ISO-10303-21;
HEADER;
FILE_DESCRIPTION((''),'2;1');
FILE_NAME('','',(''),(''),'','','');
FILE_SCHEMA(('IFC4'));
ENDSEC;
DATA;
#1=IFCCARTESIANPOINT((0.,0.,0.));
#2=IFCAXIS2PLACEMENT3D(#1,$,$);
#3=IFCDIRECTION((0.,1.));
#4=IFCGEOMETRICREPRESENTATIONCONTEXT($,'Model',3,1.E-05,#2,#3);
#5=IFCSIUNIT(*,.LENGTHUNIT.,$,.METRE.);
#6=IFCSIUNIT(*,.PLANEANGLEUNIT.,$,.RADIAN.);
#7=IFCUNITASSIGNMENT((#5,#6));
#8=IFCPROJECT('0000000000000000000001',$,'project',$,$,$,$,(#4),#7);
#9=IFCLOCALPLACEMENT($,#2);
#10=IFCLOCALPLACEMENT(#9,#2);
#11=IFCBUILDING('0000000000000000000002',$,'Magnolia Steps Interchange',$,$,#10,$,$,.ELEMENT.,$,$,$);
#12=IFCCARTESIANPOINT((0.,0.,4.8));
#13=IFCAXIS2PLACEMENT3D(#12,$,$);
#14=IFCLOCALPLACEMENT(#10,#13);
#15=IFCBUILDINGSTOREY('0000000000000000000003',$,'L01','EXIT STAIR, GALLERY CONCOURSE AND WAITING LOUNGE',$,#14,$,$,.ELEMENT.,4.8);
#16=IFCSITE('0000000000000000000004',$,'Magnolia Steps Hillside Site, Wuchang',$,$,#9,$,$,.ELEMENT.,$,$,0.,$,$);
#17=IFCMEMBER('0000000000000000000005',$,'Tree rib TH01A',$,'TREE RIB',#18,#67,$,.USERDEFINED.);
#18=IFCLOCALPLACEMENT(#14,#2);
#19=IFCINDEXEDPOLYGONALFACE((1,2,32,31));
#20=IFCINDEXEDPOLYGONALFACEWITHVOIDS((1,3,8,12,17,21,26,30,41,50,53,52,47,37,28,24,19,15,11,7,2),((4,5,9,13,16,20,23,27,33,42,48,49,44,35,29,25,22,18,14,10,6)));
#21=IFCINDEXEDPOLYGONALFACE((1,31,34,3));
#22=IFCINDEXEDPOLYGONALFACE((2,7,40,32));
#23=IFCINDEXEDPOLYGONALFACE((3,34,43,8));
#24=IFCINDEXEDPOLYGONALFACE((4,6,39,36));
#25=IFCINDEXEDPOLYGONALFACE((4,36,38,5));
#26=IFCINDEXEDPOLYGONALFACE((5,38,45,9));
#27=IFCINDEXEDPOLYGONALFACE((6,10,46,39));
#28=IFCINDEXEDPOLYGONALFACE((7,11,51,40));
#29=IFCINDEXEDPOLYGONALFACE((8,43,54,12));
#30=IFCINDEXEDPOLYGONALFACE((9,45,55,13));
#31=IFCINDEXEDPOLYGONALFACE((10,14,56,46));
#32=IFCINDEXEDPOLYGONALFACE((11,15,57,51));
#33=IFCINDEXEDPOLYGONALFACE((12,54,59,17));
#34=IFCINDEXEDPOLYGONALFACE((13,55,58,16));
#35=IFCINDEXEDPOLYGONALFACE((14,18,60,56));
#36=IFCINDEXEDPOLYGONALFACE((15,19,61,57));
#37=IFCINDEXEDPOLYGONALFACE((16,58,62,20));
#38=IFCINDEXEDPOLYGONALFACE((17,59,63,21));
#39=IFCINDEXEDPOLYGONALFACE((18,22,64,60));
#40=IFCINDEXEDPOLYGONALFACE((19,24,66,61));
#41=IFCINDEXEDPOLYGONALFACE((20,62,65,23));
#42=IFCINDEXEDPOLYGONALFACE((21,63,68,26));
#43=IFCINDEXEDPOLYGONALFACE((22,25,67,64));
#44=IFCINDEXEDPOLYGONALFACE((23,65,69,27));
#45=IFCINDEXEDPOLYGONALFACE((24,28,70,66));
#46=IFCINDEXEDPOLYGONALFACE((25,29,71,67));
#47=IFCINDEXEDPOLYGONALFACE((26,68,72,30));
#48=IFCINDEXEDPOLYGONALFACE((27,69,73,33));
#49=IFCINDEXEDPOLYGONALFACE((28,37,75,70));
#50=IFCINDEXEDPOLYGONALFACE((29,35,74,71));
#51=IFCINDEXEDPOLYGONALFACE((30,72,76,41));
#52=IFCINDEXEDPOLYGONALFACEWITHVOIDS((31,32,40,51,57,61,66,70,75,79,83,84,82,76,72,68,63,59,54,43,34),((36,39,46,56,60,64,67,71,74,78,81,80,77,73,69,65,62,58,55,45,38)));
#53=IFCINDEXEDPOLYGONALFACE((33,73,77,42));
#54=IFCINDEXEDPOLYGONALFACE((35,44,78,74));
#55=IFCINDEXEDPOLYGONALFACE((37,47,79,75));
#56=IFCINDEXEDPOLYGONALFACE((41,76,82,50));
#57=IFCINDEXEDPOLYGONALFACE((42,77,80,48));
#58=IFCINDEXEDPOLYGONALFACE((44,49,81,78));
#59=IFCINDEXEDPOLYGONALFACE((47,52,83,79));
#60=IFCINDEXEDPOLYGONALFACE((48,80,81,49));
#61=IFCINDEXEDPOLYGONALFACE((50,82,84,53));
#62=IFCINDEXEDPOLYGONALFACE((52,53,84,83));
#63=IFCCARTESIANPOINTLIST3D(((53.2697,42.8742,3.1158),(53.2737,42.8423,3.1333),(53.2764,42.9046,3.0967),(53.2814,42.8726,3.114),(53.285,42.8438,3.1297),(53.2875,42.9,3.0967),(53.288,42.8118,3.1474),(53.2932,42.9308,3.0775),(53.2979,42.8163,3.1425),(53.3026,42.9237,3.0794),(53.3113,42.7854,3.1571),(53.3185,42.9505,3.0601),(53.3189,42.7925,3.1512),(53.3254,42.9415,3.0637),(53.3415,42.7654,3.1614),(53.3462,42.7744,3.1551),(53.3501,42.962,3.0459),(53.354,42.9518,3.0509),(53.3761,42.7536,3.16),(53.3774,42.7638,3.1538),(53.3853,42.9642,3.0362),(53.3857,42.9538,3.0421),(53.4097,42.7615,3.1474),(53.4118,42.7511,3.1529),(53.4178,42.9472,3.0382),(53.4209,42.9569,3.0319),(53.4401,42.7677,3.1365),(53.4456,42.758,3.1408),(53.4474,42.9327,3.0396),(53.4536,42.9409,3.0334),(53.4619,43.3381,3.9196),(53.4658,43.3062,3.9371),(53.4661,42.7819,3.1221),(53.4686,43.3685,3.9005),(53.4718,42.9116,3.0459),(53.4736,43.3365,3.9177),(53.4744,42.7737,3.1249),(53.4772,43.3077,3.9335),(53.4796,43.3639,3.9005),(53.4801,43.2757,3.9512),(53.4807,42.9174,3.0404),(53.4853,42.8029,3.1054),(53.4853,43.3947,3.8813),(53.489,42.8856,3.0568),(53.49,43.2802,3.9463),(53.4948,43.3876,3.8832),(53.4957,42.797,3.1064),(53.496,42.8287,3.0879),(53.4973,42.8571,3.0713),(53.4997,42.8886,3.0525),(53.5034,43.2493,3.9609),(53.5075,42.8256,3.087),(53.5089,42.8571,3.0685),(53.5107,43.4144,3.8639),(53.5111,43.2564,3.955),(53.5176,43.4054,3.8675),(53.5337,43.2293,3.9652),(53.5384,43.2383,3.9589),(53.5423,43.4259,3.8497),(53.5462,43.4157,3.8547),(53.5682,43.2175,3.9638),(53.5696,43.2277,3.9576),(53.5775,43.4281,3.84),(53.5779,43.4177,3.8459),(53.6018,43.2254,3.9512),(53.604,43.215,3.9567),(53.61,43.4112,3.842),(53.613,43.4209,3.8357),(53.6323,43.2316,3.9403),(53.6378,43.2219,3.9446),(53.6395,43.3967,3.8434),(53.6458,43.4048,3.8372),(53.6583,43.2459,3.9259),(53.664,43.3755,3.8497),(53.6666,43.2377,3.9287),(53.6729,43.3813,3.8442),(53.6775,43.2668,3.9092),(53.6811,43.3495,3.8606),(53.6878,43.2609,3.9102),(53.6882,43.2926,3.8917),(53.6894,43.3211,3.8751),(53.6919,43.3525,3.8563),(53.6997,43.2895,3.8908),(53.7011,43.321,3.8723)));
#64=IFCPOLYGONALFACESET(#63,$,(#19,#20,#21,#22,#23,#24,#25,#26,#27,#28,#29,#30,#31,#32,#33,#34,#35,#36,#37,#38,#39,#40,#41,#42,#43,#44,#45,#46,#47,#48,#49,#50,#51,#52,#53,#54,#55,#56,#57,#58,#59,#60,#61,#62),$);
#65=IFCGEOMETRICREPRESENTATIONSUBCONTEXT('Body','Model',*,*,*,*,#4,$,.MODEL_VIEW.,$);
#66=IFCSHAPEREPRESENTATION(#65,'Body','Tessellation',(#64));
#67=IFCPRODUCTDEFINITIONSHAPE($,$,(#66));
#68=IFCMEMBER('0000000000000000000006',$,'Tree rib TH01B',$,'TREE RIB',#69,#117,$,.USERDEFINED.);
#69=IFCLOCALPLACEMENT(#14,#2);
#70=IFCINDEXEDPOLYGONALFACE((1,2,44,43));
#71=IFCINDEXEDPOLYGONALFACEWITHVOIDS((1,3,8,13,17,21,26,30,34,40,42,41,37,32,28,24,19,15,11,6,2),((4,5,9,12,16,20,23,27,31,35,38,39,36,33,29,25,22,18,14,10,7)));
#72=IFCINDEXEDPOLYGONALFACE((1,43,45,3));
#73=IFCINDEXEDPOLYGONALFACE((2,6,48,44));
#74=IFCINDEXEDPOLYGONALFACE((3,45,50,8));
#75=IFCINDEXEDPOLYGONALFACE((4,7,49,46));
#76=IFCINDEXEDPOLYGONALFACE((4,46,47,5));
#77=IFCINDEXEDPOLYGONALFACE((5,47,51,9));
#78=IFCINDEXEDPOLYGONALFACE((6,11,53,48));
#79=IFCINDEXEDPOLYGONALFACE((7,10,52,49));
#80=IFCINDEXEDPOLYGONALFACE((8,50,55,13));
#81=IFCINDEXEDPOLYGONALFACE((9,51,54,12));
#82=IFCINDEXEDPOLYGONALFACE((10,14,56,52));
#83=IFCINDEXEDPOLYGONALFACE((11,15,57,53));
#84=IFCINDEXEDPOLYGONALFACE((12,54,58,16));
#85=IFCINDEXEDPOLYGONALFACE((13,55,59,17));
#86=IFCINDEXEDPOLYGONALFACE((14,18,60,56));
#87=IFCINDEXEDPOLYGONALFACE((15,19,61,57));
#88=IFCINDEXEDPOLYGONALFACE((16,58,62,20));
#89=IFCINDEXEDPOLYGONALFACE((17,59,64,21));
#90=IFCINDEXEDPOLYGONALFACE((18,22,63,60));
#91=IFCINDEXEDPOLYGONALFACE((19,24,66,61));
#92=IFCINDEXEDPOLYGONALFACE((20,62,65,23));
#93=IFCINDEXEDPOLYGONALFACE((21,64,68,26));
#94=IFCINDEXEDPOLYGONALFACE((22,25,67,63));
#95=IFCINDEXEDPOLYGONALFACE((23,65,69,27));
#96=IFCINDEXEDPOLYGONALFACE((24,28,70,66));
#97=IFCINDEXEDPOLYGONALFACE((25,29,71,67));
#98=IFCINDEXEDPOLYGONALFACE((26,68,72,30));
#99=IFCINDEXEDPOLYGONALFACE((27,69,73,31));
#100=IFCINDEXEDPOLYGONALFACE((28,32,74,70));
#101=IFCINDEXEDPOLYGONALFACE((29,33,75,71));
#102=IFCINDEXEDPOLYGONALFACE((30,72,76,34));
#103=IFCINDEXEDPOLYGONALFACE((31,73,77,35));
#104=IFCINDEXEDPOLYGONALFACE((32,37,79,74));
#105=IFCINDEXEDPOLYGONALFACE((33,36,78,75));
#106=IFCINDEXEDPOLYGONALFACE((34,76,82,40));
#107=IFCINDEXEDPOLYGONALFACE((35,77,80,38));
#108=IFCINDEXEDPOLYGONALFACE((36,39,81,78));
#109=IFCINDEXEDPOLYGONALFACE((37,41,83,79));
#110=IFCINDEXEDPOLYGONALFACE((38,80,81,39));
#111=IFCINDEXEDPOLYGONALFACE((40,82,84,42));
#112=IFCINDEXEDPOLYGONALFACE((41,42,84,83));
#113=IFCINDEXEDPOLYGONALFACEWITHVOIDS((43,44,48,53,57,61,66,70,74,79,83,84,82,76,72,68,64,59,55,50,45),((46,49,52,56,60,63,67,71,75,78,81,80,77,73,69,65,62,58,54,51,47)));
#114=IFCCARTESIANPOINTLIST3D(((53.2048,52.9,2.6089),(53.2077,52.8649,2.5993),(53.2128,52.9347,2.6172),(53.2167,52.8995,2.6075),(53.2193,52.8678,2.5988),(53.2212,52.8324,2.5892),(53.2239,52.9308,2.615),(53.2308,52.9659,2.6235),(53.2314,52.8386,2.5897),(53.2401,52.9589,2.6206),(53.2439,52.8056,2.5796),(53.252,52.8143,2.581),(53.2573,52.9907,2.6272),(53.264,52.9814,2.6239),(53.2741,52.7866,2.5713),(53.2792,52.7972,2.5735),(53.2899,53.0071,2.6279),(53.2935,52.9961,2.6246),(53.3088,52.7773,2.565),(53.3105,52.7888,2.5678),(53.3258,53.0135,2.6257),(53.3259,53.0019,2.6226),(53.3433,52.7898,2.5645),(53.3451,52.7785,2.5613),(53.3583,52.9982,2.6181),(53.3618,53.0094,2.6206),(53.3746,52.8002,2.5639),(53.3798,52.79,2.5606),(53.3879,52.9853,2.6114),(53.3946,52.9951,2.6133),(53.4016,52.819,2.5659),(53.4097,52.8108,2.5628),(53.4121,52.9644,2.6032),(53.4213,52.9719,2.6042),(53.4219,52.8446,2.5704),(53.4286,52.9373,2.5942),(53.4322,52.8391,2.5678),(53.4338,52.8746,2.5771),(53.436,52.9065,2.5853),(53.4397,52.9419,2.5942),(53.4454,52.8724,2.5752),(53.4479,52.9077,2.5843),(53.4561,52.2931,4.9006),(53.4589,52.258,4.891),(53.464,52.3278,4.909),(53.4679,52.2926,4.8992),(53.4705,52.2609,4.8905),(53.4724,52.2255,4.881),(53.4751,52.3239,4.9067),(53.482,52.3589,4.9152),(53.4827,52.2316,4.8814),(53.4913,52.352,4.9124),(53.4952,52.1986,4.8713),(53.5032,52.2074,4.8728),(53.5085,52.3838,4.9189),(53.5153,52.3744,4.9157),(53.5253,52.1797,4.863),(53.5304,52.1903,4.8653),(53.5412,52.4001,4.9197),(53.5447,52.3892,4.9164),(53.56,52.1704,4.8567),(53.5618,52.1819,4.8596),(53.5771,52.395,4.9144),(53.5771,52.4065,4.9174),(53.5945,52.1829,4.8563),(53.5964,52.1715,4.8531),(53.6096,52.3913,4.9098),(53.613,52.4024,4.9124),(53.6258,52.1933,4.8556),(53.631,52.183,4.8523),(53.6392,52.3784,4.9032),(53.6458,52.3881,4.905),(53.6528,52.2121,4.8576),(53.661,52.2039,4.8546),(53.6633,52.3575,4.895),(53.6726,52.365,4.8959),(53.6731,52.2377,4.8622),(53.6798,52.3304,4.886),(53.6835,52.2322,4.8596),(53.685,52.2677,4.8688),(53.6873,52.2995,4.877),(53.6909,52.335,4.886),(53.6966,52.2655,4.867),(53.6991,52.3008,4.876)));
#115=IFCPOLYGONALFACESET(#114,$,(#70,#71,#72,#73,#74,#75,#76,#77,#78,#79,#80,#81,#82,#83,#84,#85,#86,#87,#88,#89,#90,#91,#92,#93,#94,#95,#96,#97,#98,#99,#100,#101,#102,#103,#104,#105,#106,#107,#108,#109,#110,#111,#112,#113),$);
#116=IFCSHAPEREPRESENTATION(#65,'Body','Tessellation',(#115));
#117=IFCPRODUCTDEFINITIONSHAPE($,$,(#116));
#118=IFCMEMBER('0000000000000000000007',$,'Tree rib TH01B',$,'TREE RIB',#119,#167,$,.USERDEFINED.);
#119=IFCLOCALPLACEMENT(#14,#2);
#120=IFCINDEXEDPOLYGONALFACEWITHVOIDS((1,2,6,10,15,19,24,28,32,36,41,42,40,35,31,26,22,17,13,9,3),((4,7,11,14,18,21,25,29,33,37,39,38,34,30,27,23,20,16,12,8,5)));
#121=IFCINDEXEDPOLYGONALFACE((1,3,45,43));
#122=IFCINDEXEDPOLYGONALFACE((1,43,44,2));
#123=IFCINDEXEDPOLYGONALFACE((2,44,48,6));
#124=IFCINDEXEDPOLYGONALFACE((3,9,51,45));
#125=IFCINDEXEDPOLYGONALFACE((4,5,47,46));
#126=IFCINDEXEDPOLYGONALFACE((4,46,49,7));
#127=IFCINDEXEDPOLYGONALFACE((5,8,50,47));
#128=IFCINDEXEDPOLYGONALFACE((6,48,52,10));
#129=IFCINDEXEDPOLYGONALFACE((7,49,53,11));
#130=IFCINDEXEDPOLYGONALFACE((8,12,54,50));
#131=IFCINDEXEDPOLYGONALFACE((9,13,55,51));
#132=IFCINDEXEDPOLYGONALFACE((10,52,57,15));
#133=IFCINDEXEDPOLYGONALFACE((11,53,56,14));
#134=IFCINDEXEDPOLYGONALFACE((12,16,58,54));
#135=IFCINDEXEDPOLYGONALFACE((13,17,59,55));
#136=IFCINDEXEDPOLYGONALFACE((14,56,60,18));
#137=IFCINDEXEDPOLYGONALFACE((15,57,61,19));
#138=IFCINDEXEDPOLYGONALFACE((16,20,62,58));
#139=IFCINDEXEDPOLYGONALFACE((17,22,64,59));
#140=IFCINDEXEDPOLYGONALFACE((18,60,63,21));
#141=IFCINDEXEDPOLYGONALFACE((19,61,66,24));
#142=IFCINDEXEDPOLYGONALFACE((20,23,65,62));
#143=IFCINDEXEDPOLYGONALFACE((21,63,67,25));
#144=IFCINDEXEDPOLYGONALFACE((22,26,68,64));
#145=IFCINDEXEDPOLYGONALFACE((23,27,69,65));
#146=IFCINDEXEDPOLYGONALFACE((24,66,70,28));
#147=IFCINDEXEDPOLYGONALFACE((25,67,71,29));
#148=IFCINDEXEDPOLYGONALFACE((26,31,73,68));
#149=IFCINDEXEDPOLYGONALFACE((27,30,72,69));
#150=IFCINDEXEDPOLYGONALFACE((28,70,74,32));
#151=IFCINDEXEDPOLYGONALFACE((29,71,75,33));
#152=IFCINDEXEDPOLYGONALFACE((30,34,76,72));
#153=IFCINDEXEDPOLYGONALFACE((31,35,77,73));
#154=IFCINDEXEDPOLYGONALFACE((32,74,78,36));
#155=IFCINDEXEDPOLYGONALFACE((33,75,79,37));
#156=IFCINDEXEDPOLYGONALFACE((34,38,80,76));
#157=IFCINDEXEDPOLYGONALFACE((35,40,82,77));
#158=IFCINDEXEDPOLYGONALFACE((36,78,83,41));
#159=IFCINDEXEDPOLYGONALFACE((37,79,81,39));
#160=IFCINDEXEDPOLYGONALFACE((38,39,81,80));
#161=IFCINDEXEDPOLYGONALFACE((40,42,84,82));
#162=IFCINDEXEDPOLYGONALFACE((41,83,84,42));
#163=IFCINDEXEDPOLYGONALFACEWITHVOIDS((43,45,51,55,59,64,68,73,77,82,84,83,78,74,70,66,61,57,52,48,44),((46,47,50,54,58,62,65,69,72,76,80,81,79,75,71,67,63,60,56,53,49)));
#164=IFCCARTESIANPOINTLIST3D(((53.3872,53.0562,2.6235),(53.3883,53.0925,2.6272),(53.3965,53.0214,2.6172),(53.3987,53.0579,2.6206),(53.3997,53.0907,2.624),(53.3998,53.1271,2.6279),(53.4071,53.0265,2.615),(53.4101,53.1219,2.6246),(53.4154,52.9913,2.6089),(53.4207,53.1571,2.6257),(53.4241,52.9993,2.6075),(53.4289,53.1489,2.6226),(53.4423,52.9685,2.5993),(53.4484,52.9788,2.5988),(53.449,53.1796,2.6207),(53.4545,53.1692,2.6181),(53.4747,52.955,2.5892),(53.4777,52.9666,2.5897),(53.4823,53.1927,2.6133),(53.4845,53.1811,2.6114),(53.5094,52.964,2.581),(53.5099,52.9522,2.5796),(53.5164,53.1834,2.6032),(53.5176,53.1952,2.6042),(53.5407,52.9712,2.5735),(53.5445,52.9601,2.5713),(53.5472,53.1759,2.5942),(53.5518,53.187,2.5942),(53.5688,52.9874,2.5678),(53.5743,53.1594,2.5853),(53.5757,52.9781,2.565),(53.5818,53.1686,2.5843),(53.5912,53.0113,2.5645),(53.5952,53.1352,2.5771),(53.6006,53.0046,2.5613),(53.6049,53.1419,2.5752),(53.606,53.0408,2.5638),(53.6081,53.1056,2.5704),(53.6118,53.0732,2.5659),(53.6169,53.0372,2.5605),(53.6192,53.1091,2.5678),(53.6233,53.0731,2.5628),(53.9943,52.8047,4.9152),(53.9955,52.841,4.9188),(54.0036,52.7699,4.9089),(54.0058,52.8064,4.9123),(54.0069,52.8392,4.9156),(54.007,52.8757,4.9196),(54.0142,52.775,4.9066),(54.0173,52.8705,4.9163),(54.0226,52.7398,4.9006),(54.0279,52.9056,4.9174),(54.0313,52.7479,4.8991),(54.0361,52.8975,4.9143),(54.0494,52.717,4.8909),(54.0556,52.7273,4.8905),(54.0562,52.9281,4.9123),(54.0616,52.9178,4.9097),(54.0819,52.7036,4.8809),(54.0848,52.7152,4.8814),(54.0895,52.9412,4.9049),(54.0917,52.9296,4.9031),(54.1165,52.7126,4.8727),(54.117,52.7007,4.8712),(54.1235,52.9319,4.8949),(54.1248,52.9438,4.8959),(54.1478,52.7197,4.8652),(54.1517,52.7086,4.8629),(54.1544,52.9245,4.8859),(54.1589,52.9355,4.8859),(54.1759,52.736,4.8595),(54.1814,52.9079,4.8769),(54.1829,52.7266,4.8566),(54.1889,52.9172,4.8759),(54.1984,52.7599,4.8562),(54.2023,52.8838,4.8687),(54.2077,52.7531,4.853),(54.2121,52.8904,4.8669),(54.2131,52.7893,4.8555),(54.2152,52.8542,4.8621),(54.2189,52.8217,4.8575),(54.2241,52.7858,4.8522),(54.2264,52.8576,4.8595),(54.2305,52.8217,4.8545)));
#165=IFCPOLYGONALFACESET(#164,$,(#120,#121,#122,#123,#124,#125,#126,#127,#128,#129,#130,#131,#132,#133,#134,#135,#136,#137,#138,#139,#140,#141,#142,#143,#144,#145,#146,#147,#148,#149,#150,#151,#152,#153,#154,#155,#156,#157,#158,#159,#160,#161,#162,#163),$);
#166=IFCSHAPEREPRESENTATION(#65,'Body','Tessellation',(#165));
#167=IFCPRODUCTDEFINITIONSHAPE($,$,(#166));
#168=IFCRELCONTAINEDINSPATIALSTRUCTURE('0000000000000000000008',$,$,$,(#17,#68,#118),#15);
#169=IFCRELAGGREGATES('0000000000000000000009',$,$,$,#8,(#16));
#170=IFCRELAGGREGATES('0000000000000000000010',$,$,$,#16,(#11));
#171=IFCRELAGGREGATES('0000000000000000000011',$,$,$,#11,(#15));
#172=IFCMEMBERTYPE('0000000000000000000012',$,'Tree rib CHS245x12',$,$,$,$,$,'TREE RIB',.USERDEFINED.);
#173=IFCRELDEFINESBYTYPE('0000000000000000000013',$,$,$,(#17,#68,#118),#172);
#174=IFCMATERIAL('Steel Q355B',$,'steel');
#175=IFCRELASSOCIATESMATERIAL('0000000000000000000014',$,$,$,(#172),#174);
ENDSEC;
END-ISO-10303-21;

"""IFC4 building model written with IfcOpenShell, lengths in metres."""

from ifc_helpers import new_model, si_unit, direction, frame, origin, origin_2d, place, context, subcontext, project, spatial, hollow_circle, extrude, material, material_profile, profile_set, type_object, element, save


model = new_model("IFC4")

# Units and contexts
model_context = context("Model", 3, precision=1e-05, world=origin(), true_north=direction((0.0, 1.0)))
body_context = subcontext(model_context, "Body", "Model", "MODEL_VIEW")
ifc_project = project(units=[si_unit("LENGTHUNIT", "METRE"), si_unit("PLANEANGLEUNIT", "RADIAN")], contexts=[model_context])

# Site, building, storey
site_placement = place(None, origin())
site = spatial("IfcSite", under=ifc_project, at=site_placement, Name="Magnolia Steps Hillside Site, Wuchang", CompositionType="ELEMENT", RefElevation=0.0)
building_placement = place(site_placement, origin())
building = spatial("IfcBuilding", under=site, at=building_placement, Name="Magnolia Steps Interchange", CompositionType="ELEMENT")
storey_placement = place(building_placement, frame((0.0, 0.0, 4.8)))
storey = spatial("IfcBuildingStorey", under=building, at=storey_placement, Name="L01", Description="EXIT STAIR, GALLERY CONCOURSE AND WAITING LOUNGE", CompositionType="ELEMENT", Elevation=4.8)

# Members
ifc_material_1 = material(Name="Steel Q355B", Category="steel")
ifc_material_profile = material_profile(ifc_material_1, hollow_circle(Radius=0.1226, WallThickness=0.012, at=origin_2d()), Name="CHS245x12")
ifc_profile_set = profile_set([ifc_material_profile], Name="Steel Q355B")
member_type = type_object("IfcMemberType", Name="Tree rib CHS245x12", ElementType="TREE RIB", PredefinedType="USERDEFINED", material=ifc_profile_set)
member_1_placement = place(storey_placement, frame((53.3896, 42.8577, 3.0967), z_axis=(0.202753, 0.489492, 0.848109), x_axis=(-0.923881, 0.382681, 0.0)))
element("IfcMember", 1, at=member_1_placement, inside=storey, type_object=member_type, Name="Tree rib TH01A", ObjectType="TREE RIB", PredefinedType="USERDEFINED", context=body_context, shape_type="SweptSolid", body=[
    extrude(hollow_circle(Radius=0.1226, WallThickness=0.012, at=origin_2d()), origin(), (0.0, 0.0, 1.0), 0.9478),
])
for number, where, z_axis, x_axis, name in (
    (2, (53.3264, 52.895, 2.5942), (0.105377, -0.254583, 0.961292), (0.923976, 0.38245, 0.0), "Tree rib TH01B"),
    (3, (53.5049, 53.0737, 2.5942), (0.254676, -0.105475, 0.961257), (0.382636, 0.923899, 0.0), "Tree rib TH01B"),
):
    element("IfcMember", number, at=place(storey_placement, frame(where, z_axis=z_axis, x_axis=x_axis)), inside=storey, type_object=member_type, Name=name, ObjectType="TREE RIB", PredefinedType="USERDEFINED", context=body_context, shape_type="SweptSolid", body=[
        extrude(hollow_circle(Radius=0.1226, WallThickness=0.012, at=origin_2d()), origin(), (0.0, 0.0, 1.0), 2.384),
    ])

save(model, "model.ifc")
